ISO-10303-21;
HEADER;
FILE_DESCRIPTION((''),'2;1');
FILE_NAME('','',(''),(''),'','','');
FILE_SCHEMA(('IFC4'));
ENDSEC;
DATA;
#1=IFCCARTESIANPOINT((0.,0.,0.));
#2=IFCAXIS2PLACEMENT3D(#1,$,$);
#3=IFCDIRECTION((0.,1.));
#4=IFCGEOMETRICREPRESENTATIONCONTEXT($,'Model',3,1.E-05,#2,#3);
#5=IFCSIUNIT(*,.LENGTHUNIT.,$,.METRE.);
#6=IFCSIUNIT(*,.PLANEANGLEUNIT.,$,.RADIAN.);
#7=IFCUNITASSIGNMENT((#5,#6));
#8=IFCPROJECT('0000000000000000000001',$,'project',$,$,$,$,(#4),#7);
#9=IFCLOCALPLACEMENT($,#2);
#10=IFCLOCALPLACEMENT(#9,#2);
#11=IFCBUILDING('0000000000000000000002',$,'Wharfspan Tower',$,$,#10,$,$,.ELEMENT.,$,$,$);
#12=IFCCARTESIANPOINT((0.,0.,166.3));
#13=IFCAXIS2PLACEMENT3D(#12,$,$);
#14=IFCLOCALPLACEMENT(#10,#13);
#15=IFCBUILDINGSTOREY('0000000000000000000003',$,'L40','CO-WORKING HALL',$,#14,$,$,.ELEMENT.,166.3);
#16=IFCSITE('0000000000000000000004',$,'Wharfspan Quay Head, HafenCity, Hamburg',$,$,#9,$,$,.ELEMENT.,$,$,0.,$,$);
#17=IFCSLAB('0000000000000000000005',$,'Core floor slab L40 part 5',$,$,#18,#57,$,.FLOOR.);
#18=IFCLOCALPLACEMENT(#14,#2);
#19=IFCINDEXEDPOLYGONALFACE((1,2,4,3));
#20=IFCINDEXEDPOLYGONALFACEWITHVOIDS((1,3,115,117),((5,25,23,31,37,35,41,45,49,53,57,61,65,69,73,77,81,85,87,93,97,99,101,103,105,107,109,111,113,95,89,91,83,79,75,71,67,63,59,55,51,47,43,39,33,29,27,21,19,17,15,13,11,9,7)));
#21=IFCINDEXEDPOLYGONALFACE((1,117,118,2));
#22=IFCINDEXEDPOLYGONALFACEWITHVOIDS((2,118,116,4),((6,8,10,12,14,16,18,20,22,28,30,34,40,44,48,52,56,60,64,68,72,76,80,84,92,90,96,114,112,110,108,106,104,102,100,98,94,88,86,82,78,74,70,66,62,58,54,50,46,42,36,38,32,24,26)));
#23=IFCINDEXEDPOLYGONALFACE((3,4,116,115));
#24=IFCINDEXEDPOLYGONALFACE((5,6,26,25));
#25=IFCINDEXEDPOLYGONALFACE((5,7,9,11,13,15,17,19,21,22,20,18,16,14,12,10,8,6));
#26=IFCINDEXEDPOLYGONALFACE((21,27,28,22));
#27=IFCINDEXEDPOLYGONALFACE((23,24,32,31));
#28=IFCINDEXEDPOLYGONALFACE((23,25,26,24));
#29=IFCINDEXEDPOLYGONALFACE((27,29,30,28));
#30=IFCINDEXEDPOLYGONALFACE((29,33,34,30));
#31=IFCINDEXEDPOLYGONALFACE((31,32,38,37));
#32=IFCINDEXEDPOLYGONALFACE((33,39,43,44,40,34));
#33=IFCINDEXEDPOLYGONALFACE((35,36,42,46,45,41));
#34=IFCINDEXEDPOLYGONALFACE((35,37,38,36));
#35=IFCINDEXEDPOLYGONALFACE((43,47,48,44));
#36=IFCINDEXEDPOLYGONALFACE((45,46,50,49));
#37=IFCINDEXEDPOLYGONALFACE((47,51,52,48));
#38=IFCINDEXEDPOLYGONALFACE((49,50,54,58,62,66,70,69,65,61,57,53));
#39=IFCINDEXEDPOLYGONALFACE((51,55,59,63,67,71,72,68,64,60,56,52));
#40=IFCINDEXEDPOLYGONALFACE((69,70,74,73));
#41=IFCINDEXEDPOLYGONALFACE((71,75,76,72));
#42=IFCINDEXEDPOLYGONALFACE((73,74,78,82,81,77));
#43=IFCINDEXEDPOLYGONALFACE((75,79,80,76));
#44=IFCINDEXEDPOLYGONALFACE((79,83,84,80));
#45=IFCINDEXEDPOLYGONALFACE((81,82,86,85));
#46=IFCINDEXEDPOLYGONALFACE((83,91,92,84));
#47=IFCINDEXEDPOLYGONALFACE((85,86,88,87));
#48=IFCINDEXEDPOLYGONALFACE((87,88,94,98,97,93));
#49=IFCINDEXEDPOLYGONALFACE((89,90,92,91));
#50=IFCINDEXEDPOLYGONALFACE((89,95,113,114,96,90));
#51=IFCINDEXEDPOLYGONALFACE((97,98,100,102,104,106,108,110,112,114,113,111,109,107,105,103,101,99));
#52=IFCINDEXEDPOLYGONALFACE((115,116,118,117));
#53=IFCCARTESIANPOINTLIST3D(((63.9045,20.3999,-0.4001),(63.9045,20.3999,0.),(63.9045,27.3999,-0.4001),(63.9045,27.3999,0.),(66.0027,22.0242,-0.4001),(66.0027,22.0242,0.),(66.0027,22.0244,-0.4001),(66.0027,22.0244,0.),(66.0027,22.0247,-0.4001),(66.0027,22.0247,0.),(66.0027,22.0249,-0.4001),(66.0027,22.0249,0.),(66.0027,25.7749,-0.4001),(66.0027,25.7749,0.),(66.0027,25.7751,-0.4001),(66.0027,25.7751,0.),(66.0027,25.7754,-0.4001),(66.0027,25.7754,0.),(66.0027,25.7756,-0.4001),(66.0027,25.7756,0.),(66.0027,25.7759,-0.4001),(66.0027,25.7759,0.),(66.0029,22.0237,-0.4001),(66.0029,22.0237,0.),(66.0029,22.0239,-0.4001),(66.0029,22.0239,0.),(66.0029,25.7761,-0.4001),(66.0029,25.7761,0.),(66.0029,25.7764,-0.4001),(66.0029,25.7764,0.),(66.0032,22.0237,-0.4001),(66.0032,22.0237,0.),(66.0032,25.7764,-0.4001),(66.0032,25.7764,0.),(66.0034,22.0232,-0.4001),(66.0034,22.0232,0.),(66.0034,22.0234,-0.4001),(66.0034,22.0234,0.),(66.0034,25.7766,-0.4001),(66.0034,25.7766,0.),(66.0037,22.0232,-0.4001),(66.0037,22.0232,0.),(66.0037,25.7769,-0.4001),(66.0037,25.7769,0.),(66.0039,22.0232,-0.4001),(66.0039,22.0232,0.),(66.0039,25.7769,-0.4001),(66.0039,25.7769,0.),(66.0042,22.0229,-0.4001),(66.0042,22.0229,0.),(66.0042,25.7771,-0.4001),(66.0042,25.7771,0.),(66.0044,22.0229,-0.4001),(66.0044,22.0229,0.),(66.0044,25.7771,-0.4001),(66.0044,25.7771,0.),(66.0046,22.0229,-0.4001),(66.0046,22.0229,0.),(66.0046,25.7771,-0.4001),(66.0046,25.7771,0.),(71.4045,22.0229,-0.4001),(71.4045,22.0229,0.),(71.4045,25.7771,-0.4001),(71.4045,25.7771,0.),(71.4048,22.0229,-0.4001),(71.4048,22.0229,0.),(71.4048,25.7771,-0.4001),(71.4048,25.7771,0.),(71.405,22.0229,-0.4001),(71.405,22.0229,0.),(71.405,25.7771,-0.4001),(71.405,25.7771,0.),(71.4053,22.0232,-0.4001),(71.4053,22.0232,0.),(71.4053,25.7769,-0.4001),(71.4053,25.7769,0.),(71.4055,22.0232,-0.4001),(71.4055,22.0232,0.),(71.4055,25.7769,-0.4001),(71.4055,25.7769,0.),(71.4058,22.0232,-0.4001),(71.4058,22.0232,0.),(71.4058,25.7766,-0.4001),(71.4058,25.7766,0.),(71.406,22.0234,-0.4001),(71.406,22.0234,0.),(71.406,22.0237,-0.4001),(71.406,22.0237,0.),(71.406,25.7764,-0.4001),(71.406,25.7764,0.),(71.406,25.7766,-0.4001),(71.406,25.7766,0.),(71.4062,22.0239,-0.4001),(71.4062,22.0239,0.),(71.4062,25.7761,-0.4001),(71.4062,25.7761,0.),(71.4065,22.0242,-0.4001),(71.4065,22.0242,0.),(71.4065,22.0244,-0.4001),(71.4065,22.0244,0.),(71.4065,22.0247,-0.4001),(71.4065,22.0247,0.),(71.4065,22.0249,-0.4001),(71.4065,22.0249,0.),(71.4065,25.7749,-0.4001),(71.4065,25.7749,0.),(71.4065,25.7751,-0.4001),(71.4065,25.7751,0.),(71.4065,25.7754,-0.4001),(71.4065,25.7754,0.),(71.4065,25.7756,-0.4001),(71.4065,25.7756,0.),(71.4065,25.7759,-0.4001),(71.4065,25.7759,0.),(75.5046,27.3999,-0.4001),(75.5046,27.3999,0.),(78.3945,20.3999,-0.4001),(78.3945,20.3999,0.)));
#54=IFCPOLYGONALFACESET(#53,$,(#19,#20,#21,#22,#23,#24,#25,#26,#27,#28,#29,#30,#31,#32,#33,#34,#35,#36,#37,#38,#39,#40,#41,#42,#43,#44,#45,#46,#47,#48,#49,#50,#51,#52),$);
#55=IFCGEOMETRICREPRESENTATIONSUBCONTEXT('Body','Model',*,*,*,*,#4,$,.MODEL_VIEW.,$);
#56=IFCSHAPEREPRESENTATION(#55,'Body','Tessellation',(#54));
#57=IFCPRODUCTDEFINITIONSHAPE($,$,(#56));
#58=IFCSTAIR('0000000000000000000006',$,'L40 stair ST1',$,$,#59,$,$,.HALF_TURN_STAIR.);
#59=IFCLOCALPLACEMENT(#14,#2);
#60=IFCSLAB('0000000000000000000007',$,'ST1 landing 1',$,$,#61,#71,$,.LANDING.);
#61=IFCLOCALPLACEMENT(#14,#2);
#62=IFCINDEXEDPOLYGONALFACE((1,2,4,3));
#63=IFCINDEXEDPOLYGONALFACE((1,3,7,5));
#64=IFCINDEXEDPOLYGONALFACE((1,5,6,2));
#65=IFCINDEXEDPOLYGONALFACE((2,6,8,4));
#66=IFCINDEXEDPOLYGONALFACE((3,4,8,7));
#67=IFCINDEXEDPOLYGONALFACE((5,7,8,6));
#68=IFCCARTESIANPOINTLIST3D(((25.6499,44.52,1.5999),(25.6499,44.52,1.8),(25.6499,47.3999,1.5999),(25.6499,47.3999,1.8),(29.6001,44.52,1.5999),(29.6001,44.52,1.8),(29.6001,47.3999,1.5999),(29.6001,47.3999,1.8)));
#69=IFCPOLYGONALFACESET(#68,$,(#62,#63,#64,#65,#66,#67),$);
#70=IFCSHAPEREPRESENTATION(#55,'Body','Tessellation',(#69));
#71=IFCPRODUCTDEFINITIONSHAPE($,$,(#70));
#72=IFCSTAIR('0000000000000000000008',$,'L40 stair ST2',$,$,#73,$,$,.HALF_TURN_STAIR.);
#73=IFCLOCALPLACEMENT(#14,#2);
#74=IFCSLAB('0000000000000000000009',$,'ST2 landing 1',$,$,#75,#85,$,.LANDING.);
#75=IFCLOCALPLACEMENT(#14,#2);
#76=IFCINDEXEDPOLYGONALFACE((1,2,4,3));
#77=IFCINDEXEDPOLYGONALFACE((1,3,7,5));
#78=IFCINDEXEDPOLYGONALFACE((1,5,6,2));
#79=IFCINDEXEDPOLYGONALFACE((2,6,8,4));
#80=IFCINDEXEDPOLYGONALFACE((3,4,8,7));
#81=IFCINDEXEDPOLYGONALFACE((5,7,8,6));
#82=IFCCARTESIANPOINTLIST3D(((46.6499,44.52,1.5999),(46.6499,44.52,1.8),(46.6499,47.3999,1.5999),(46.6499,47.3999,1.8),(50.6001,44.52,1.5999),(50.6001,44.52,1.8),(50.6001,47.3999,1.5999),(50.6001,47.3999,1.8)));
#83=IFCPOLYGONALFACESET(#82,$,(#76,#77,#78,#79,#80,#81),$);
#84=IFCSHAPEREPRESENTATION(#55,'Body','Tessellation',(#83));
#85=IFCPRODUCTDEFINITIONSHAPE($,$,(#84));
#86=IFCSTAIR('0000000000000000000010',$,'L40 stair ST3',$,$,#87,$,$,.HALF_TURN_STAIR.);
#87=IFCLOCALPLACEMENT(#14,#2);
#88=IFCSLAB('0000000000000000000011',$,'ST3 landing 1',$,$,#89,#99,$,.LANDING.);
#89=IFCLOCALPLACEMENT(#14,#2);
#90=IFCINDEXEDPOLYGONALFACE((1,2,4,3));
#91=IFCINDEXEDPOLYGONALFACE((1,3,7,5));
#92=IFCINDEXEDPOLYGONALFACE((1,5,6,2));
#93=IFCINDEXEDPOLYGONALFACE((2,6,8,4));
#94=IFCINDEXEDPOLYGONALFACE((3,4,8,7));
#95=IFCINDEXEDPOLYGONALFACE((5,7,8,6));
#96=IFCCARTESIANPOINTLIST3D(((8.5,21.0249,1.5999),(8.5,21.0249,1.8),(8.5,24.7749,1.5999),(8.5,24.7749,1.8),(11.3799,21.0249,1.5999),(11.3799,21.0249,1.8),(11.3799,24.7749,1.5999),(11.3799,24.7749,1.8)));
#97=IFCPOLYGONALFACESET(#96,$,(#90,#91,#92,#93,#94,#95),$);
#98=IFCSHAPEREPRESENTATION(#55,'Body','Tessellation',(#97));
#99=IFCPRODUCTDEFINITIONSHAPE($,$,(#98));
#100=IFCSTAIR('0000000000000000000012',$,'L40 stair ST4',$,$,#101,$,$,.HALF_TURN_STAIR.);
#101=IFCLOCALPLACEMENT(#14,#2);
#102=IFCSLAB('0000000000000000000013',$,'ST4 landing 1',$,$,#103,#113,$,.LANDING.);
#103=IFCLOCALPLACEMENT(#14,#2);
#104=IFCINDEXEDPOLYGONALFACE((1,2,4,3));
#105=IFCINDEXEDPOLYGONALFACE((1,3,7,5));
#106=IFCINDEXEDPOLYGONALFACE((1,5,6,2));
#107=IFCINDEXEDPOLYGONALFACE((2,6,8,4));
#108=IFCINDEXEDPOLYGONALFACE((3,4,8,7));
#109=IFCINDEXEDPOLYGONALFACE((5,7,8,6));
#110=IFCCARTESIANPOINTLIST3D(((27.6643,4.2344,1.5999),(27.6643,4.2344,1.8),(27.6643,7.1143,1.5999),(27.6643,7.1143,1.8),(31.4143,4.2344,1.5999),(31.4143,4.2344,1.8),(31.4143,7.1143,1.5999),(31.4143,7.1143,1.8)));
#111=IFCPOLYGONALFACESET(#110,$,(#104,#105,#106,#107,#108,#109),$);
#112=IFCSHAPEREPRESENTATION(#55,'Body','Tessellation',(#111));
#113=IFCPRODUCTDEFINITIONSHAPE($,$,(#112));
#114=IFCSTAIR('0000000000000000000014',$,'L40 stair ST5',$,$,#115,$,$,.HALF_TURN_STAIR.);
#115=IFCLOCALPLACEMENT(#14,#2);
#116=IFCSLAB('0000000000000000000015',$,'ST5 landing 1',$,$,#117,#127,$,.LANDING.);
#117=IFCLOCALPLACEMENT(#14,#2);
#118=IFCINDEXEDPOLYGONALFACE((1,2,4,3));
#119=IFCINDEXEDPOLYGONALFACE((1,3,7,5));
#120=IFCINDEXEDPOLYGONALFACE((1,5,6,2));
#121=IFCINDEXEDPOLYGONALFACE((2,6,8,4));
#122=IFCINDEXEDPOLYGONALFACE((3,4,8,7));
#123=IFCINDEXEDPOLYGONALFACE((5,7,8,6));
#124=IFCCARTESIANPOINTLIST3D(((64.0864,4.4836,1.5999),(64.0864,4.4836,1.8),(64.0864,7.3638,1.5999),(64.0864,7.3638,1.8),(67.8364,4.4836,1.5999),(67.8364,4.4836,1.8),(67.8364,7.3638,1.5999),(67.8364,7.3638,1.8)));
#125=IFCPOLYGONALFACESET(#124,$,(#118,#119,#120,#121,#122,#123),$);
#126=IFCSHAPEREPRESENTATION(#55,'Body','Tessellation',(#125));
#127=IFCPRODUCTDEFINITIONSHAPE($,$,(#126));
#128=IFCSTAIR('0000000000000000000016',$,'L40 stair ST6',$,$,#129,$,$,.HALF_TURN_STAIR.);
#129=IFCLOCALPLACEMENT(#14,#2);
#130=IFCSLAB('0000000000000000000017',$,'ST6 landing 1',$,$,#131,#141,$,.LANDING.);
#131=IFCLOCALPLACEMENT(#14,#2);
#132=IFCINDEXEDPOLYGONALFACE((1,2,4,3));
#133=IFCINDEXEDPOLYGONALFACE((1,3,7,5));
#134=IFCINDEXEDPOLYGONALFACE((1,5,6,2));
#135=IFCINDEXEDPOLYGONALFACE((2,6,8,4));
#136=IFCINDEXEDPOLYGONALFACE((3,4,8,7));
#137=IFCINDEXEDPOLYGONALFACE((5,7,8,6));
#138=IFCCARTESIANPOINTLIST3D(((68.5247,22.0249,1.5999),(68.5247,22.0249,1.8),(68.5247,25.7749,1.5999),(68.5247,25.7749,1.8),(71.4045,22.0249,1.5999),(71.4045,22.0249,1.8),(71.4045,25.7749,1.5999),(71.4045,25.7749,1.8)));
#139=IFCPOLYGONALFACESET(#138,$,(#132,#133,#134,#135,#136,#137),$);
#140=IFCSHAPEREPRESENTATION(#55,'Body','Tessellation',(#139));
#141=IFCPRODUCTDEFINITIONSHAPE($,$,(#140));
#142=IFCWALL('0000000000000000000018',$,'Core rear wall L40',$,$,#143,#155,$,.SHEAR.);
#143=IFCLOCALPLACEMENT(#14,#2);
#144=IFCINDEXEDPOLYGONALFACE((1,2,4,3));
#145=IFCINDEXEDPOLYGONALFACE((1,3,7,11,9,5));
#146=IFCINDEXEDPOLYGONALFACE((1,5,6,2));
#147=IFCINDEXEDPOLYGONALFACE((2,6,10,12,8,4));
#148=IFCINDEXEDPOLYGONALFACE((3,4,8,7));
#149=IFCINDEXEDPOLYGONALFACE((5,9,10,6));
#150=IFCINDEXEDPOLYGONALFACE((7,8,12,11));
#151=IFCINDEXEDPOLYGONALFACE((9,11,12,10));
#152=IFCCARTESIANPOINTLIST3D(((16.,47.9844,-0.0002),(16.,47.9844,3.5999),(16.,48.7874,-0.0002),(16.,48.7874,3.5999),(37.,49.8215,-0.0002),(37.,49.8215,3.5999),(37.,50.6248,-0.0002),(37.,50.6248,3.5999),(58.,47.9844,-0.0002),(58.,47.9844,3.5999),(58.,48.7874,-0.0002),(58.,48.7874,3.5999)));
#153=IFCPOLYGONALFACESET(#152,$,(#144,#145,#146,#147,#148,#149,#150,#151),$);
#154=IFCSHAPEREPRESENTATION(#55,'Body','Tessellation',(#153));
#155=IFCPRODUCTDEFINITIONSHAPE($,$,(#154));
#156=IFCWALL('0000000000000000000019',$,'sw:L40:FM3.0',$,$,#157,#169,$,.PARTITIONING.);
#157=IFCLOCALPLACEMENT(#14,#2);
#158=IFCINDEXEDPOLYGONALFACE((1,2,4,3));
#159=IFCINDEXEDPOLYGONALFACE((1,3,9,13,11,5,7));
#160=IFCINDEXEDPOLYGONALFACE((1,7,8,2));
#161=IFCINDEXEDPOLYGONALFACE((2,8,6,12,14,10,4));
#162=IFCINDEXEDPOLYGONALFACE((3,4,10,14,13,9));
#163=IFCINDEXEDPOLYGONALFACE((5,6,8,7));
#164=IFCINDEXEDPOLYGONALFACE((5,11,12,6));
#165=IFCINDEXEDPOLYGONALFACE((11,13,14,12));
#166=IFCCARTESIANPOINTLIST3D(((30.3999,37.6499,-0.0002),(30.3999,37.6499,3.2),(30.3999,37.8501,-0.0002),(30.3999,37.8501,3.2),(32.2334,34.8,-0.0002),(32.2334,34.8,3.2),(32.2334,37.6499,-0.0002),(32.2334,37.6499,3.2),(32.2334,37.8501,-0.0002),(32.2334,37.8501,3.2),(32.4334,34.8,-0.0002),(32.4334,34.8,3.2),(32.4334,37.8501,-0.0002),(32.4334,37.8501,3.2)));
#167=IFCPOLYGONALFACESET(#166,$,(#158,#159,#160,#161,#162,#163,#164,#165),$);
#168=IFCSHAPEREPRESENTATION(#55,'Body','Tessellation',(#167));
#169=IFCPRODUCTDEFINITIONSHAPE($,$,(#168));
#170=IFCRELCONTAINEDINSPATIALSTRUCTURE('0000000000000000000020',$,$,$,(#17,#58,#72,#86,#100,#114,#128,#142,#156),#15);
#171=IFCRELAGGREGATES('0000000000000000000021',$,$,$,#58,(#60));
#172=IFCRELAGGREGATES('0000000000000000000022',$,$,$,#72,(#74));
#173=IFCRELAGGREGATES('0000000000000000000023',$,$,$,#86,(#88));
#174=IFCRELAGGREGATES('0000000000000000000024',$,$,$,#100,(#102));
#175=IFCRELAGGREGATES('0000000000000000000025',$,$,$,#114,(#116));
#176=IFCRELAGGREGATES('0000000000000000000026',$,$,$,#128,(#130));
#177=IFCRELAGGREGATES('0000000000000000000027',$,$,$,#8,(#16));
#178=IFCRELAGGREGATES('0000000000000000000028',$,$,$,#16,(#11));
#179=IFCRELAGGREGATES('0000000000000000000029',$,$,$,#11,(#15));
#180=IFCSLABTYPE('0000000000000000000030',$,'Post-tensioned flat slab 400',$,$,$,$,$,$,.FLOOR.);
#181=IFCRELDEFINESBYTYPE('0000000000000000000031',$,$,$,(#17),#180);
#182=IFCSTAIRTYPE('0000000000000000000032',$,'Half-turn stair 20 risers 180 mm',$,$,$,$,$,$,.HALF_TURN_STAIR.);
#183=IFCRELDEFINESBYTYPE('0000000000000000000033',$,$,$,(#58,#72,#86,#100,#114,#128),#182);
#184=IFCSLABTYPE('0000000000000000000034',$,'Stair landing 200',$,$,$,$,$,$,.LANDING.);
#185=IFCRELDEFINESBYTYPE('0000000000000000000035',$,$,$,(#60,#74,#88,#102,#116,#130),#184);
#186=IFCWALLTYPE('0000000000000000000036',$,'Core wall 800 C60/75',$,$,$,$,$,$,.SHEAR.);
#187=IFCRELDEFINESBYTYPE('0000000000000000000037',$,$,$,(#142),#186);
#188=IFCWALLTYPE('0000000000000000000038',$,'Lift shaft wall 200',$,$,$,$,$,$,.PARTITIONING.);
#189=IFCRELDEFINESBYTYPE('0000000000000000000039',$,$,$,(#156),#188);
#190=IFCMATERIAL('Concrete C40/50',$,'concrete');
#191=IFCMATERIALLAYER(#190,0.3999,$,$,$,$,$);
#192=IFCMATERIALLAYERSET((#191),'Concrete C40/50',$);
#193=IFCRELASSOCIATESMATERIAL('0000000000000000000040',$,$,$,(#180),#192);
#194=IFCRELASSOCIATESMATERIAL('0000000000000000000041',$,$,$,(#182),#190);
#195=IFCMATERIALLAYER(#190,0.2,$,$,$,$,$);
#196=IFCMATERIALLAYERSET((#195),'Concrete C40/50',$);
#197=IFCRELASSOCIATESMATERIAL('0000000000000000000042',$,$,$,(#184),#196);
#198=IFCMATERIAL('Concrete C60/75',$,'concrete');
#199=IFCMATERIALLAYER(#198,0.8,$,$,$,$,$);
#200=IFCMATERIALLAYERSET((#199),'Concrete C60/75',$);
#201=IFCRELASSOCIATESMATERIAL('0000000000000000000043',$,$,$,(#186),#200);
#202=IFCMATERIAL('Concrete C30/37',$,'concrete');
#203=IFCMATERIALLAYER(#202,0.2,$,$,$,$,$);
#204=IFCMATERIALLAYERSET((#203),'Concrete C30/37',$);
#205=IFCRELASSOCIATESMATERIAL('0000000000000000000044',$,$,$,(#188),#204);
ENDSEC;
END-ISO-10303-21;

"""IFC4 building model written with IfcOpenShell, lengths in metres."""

from ifc_helpers import new_model, si_unit, direction, frame, origin, place, context, subcontext, project, spatial, polyline, outline, extrude, material, layer, layer_set, type_object, element, aggregate, save


model = new_model("IFC4")

# Units and contexts
model_context = context("Model", 3, precision=1e-05, world=origin(), true_north=direction((0.0, 1.0)))
body_context = subcontext(model_context, "Body", "Model", "MODEL_VIEW")
ifc_project = project(units=[si_unit("LENGTHUNIT", "METRE"), si_unit("PLANEANGLEUNIT", "RADIAN")], contexts=[model_context])

# Site, building, storey
site_placement = place(None, origin())
site = spatial("IfcSite", under=ifc_project, at=site_placement, Name="Wharfspan Quay Head, HafenCity, Hamburg", CompositionType="ELEMENT", RefElevation=0.0)
building_placement = place(site_placement, origin())
building = spatial("IfcBuilding", under=site, at=building_placement, Name="Wharfspan Tower", CompositionType="ELEMENT")
storey_placement = place(building_placement, frame((0.0, 0.0, 166.3)))
storey = spatial("IfcBuildingStorey", under=building, at=storey_placement, Name="L40", Description="CO-WORKING HALL", CompositionType="ELEMENT", Elevation=166.3)

# Slab
ifc_material_1 = material(Name="Concrete C40/50", Category="concrete")
ifc_layer_1 = layer(ifc_material_1, 0.3999)
ifc_layer_set_1 = layer_set([ifc_layer_1], Name="Concrete C40/50")
slab_type_1 = type_object("IfcSlabType", Name="Post-tensioned flat slab 400", PredefinedType="FLOOR", material=ifc_layer_set_1)
slab_1_placement = place(storey_placement, frame((0.0, 0.0, -0.4001)))
element("IfcSlab", 1, at=slab_1_placement, inside=storey, type_object=slab_type_1, Name="Core floor slab L40 part 5", PredefinedType="FLOOR", context=body_context, shape_type="SweptSolid", body=[
    extrude(outline(polyline([(78.3945, 20.3999), (75.5046, 27.3999), (63.9045, 27.3999), (63.9045, 20.3999), (78.3945, 20.3999)]), holes=[polyline([(66.0046, 22.0229), (66.0044, 22.0229), (66.0041, 22.0229), (66.0039, 22.0232), (66.0039, 22.0232), (66.0037, 22.0232), (66.0034, 22.0232), (66.0034, 22.0234), (66.0032, 22.0237), (66.0029, 22.0237), (66.0029, 22.0239), (66.0027, 22.0242), (66.0027, 22.0242), (66.0027, 22.0244), (66.0027, 22.0247), (66.0027, 22.0249), (66.0027, 22.0249), (66.0027, 25.7749), (66.0027, 25.7751), (66.0027, 25.7754), (66.0027, 25.7756), (66.0027, 25.7759), (66.0027, 25.7759), (66.0029, 25.7761), (66.0029, 25.7764), (66.0032, 25.7764), (66.0034, 25.7766), (66.0034, 25.7766), (66.0037, 25.7769), (66.0039, 25.7769), (66.0039, 25.7769), (66.0041, 25.7771), (66.0044, 25.7771), (66.0046, 25.7771), (71.4045, 25.7771), (71.4048, 25.7771), (71.405, 25.7771), (71.4053, 25.7769), (71.4055, 25.7769), (71.4055, 25.7769), (71.4058, 25.7766), (71.406, 25.7766), (71.406, 25.7764), (71.406, 25.7764), (71.4062, 25.7761), (71.4065, 25.7759), (71.4065, 25.7759), (71.4065, 25.7756), (71.4065, 25.7754), (71.4065, 25.7751), (71.4065, 25.7749), (71.4065, 22.0249), (71.4065, 22.0249), (71.4065, 22.0247), (71.4065, 22.0244), (71.4065, 22.0242), (71.4065, 22.0242), (71.4062, 22.0239), (71.406, 22.0237), (71.406, 22.0237), (71.406, 22.0234), (71.4058, 22.0232), (71.4055, 22.0232), (71.4055, 22.0232), (71.4053, 22.0232), (71.405, 22.0229), (71.4048, 22.0229), (71.4045, 22.0229), (66.0046, 22.0229)])]), origin(), (0.0, 0.0, 1.0), 0.4001),
])

# Stairs, slabs
stair_type = type_object("IfcStairType", Name="Half-turn stair 20 risers 180 mm", PredefinedType="HALF_TURN_STAIR", material=ifc_material_1)
stair_1_placement = place(storey_placement, origin())
stair_1 = element("IfcStair", 2, at=stair_1_placement, inside=storey, type_object=stair_type, Name="L40 stair ST1", PredefinedType="HALF_TURN_STAIR")
ifc_layer_2 = layer(ifc_material_1, 0.2)
ifc_layer_set_2 = layer_set([ifc_layer_2], Name="Concrete C40/50")
slab_type_2 = type_object("IfcSlabType", Name="Stair landing 200", PredefinedType="LANDING", material=ifc_layer_set_2)
slab_2_placement = place(storey_placement, frame((0.0, 0.0, 1.5999)))
slab_2 = element("IfcSlab", 3, at=slab_2_placement, type_object=slab_type_2, Name="ST1 landing 1", PredefinedType="LANDING", context=body_context, shape_type="SweptSolid", body=[
    extrude(outline(polyline([(25.6499, 44.52), (29.6001, 44.52), (29.6001, 47.3999), (25.6499, 47.3999), (25.6499, 44.52)])), origin(), (0.0, 0.0, 1.0), 0.2002),
])
aggregate(stair_1, [slab_2])
stair_2_placement = place(storey_placement, origin())
stair_2 = element("IfcStair", 4, at=stair_2_placement, inside=storey, type_object=stair_type, Name="L40 stair ST2", PredefinedType="HALF_TURN_STAIR")
slab_3_placement = place(storey_placement, frame((0.0, 0.0, 1.5999)))
slab_3 = element("IfcSlab", 5, at=slab_3_placement, type_object=slab_type_2, Name="ST2 landing 1", PredefinedType="LANDING", context=body_context, shape_type="SweptSolid", body=[
    extrude(outline(polyline([(46.6499, 44.52), (50.6001, 44.52), (50.6001, 47.3999), (46.6499, 47.3999), (46.6499, 44.52)])), origin(), (0.0, 0.0, 1.0), 0.2002),
])
aggregate(stair_2, [slab_3])
stair_3_placement = place(storey_placement, origin())
stair_3 = element("IfcStair", 6, at=stair_3_placement, inside=storey, type_object=stair_type, Name="L40 stair ST3", PredefinedType="HALF_TURN_STAIR")
slab_4_placement = place(storey_placement, frame((0.0, 0.0, 1.5999)))
slab_4 = element("IfcSlab", 7, at=slab_4_placement, type_object=slab_type_2, Name="ST3 landing 1", PredefinedType="LANDING", context=body_context, shape_type="SweptSolid", body=[
    extrude(outline(polyline([(11.3799, 24.7749), (8.5, 24.7749), (8.5, 21.0249), (11.3799, 21.0249), (11.3799, 24.7749)])), origin(), (0.0, 0.0, 1.0), 0.2002),
])
aggregate(stair_3, [slab_4])
stair_4_placement = place(storey_placement, origin())
stair_4 = element("IfcStair", 8, at=stair_4_placement, inside=storey, type_object=stair_type, Name="L40 stair ST4", PredefinedType="HALF_TURN_STAIR")
slab_5_placement = place(storey_placement, frame((0.0, 0.0, 1.5999)))
slab_5 = element("IfcSlab", 9, at=slab_5_placement, type_object=slab_type_2, Name="ST4 landing 1", PredefinedType="LANDING", context=body_context, shape_type="SweptSolid", body=[
    extrude(outline(polyline([(27.6643, 7.1143), (27.6643, 4.2344), (31.4143, 4.2344), (31.4143, 7.1143), (27.6643, 7.1143)])), origin(), (0.0, 0.0, 1.0), 0.2002),
])
aggregate(stair_4, [slab_5])
stair_5_placement = place(storey_placement, origin())
stair_5 = element("IfcStair", 10, at=stair_5_placement, inside=storey, type_object=stair_type, Name="L40 stair ST5", PredefinedType="HALF_TURN_STAIR")
slab_6_placement = place(storey_placement, frame((0.0, 0.0, 1.5999)))
slab_6 = element("IfcSlab", 11, at=slab_6_placement, type_object=slab_type_2, Name="ST5 landing 1", PredefinedType="LANDING", context=body_context, shape_type="SweptSolid", body=[
    extrude(outline(polyline([(64.0864, 7.3638), (64.0864, 4.4836), (67.8364, 4.4836), (67.8364, 7.3638), (64.0864, 7.3638)])), origin(), (0.0, 0.0, 1.0), 0.2002),
])
aggregate(stair_5, [slab_6])
stair_6_placement = place(storey_placement, origin())
stair_6 = element("IfcStair", 12, at=stair_6_placement, inside=storey, type_object=stair_type, Name="L40 stair ST6", PredefinedType="HALF_TURN_STAIR")
slab_7_placement = place(storey_placement, frame((0.0, 0.0, 1.5999)))
slab_7 = element("IfcSlab", 13, at=slab_7_placement, type_object=slab_type_2, Name="ST6 landing 1", PredefinedType="LANDING", context=body_context, shape_type="SweptSolid", body=[
    extrude(outline(polyline([(68.5247, 22.0249), (71.4045, 22.0249), (71.4045, 25.7749), (68.5247, 25.7749), (68.5247, 22.0249)])), origin(), (0.0, 0.0, 1.0), 0.2002),
])
aggregate(stair_6, [slab_7])

# Walls
ifc_material_2 = material(Name="Concrete C60/75", Category="concrete")
ifc_layer_3 = layer(ifc_material_2, 0.8)
ifc_layer_set_3 = layer_set([ifc_layer_3], Name="Concrete C60/75")
wall_type_1 = type_object("IfcWallType", Name="Core wall 800 C60/75", PredefinedType="SHEAR", material=ifc_layer_set_3)
wall_1_placement = place(storey_placement, frame((0.0, 0.0, -0.0002)))
element("IfcWall", 14, at=wall_1_placement, inside=storey, type_object=wall_type_1, Name="Core rear wall L40", PredefinedType="SHEAR", context=body_context, shape_type="SweptSolid", body=[
    extrude(outline(polyline([(16.0, 47.9844), (37.0, 49.8215), (58.0, 47.9844), (58.0, 48.7874), (37.0, 50.6248), (16.0, 48.7874), (16.0, 47.9844)])), origin(), (0.0, 0.0, 1.0), 3.6001),
])
ifc_material_3 = material(Name="Concrete C30/37", Category="concrete")
ifc_layer_4 = layer(ifc_material_3, 0.2)
ifc_layer_set_4 = layer_set([ifc_layer_4], Name="Concrete C30/37")
wall_type_2 = type_object("IfcWallType", Name="Lift shaft wall 200", PredefinedType="PARTITIONING", material=ifc_layer_set_4)
wall_2_placement = place(storey_placement, frame((0.0, 0.0, -0.0002)))
element("IfcWall", 15, at=wall_2_placement, inside=storey, type_object=wall_type_2, Name="sw:L40:FM3.0", PredefinedType="PARTITIONING", context=body_context, shape_type="SweptSolid", body=[
    extrude(outline(polyline([(32.2334, 37.6499), (30.3999, 37.6499), (30.3999, 37.8501), (32.2334, 37.8501), (32.4333, 37.8501), (32.4333, 34.8), (32.2334, 34.8), (32.2334, 37.6499)])), origin(), (0.0, 0.0, 1.0), 3.2002),
])

save(model, "model.ifc")
